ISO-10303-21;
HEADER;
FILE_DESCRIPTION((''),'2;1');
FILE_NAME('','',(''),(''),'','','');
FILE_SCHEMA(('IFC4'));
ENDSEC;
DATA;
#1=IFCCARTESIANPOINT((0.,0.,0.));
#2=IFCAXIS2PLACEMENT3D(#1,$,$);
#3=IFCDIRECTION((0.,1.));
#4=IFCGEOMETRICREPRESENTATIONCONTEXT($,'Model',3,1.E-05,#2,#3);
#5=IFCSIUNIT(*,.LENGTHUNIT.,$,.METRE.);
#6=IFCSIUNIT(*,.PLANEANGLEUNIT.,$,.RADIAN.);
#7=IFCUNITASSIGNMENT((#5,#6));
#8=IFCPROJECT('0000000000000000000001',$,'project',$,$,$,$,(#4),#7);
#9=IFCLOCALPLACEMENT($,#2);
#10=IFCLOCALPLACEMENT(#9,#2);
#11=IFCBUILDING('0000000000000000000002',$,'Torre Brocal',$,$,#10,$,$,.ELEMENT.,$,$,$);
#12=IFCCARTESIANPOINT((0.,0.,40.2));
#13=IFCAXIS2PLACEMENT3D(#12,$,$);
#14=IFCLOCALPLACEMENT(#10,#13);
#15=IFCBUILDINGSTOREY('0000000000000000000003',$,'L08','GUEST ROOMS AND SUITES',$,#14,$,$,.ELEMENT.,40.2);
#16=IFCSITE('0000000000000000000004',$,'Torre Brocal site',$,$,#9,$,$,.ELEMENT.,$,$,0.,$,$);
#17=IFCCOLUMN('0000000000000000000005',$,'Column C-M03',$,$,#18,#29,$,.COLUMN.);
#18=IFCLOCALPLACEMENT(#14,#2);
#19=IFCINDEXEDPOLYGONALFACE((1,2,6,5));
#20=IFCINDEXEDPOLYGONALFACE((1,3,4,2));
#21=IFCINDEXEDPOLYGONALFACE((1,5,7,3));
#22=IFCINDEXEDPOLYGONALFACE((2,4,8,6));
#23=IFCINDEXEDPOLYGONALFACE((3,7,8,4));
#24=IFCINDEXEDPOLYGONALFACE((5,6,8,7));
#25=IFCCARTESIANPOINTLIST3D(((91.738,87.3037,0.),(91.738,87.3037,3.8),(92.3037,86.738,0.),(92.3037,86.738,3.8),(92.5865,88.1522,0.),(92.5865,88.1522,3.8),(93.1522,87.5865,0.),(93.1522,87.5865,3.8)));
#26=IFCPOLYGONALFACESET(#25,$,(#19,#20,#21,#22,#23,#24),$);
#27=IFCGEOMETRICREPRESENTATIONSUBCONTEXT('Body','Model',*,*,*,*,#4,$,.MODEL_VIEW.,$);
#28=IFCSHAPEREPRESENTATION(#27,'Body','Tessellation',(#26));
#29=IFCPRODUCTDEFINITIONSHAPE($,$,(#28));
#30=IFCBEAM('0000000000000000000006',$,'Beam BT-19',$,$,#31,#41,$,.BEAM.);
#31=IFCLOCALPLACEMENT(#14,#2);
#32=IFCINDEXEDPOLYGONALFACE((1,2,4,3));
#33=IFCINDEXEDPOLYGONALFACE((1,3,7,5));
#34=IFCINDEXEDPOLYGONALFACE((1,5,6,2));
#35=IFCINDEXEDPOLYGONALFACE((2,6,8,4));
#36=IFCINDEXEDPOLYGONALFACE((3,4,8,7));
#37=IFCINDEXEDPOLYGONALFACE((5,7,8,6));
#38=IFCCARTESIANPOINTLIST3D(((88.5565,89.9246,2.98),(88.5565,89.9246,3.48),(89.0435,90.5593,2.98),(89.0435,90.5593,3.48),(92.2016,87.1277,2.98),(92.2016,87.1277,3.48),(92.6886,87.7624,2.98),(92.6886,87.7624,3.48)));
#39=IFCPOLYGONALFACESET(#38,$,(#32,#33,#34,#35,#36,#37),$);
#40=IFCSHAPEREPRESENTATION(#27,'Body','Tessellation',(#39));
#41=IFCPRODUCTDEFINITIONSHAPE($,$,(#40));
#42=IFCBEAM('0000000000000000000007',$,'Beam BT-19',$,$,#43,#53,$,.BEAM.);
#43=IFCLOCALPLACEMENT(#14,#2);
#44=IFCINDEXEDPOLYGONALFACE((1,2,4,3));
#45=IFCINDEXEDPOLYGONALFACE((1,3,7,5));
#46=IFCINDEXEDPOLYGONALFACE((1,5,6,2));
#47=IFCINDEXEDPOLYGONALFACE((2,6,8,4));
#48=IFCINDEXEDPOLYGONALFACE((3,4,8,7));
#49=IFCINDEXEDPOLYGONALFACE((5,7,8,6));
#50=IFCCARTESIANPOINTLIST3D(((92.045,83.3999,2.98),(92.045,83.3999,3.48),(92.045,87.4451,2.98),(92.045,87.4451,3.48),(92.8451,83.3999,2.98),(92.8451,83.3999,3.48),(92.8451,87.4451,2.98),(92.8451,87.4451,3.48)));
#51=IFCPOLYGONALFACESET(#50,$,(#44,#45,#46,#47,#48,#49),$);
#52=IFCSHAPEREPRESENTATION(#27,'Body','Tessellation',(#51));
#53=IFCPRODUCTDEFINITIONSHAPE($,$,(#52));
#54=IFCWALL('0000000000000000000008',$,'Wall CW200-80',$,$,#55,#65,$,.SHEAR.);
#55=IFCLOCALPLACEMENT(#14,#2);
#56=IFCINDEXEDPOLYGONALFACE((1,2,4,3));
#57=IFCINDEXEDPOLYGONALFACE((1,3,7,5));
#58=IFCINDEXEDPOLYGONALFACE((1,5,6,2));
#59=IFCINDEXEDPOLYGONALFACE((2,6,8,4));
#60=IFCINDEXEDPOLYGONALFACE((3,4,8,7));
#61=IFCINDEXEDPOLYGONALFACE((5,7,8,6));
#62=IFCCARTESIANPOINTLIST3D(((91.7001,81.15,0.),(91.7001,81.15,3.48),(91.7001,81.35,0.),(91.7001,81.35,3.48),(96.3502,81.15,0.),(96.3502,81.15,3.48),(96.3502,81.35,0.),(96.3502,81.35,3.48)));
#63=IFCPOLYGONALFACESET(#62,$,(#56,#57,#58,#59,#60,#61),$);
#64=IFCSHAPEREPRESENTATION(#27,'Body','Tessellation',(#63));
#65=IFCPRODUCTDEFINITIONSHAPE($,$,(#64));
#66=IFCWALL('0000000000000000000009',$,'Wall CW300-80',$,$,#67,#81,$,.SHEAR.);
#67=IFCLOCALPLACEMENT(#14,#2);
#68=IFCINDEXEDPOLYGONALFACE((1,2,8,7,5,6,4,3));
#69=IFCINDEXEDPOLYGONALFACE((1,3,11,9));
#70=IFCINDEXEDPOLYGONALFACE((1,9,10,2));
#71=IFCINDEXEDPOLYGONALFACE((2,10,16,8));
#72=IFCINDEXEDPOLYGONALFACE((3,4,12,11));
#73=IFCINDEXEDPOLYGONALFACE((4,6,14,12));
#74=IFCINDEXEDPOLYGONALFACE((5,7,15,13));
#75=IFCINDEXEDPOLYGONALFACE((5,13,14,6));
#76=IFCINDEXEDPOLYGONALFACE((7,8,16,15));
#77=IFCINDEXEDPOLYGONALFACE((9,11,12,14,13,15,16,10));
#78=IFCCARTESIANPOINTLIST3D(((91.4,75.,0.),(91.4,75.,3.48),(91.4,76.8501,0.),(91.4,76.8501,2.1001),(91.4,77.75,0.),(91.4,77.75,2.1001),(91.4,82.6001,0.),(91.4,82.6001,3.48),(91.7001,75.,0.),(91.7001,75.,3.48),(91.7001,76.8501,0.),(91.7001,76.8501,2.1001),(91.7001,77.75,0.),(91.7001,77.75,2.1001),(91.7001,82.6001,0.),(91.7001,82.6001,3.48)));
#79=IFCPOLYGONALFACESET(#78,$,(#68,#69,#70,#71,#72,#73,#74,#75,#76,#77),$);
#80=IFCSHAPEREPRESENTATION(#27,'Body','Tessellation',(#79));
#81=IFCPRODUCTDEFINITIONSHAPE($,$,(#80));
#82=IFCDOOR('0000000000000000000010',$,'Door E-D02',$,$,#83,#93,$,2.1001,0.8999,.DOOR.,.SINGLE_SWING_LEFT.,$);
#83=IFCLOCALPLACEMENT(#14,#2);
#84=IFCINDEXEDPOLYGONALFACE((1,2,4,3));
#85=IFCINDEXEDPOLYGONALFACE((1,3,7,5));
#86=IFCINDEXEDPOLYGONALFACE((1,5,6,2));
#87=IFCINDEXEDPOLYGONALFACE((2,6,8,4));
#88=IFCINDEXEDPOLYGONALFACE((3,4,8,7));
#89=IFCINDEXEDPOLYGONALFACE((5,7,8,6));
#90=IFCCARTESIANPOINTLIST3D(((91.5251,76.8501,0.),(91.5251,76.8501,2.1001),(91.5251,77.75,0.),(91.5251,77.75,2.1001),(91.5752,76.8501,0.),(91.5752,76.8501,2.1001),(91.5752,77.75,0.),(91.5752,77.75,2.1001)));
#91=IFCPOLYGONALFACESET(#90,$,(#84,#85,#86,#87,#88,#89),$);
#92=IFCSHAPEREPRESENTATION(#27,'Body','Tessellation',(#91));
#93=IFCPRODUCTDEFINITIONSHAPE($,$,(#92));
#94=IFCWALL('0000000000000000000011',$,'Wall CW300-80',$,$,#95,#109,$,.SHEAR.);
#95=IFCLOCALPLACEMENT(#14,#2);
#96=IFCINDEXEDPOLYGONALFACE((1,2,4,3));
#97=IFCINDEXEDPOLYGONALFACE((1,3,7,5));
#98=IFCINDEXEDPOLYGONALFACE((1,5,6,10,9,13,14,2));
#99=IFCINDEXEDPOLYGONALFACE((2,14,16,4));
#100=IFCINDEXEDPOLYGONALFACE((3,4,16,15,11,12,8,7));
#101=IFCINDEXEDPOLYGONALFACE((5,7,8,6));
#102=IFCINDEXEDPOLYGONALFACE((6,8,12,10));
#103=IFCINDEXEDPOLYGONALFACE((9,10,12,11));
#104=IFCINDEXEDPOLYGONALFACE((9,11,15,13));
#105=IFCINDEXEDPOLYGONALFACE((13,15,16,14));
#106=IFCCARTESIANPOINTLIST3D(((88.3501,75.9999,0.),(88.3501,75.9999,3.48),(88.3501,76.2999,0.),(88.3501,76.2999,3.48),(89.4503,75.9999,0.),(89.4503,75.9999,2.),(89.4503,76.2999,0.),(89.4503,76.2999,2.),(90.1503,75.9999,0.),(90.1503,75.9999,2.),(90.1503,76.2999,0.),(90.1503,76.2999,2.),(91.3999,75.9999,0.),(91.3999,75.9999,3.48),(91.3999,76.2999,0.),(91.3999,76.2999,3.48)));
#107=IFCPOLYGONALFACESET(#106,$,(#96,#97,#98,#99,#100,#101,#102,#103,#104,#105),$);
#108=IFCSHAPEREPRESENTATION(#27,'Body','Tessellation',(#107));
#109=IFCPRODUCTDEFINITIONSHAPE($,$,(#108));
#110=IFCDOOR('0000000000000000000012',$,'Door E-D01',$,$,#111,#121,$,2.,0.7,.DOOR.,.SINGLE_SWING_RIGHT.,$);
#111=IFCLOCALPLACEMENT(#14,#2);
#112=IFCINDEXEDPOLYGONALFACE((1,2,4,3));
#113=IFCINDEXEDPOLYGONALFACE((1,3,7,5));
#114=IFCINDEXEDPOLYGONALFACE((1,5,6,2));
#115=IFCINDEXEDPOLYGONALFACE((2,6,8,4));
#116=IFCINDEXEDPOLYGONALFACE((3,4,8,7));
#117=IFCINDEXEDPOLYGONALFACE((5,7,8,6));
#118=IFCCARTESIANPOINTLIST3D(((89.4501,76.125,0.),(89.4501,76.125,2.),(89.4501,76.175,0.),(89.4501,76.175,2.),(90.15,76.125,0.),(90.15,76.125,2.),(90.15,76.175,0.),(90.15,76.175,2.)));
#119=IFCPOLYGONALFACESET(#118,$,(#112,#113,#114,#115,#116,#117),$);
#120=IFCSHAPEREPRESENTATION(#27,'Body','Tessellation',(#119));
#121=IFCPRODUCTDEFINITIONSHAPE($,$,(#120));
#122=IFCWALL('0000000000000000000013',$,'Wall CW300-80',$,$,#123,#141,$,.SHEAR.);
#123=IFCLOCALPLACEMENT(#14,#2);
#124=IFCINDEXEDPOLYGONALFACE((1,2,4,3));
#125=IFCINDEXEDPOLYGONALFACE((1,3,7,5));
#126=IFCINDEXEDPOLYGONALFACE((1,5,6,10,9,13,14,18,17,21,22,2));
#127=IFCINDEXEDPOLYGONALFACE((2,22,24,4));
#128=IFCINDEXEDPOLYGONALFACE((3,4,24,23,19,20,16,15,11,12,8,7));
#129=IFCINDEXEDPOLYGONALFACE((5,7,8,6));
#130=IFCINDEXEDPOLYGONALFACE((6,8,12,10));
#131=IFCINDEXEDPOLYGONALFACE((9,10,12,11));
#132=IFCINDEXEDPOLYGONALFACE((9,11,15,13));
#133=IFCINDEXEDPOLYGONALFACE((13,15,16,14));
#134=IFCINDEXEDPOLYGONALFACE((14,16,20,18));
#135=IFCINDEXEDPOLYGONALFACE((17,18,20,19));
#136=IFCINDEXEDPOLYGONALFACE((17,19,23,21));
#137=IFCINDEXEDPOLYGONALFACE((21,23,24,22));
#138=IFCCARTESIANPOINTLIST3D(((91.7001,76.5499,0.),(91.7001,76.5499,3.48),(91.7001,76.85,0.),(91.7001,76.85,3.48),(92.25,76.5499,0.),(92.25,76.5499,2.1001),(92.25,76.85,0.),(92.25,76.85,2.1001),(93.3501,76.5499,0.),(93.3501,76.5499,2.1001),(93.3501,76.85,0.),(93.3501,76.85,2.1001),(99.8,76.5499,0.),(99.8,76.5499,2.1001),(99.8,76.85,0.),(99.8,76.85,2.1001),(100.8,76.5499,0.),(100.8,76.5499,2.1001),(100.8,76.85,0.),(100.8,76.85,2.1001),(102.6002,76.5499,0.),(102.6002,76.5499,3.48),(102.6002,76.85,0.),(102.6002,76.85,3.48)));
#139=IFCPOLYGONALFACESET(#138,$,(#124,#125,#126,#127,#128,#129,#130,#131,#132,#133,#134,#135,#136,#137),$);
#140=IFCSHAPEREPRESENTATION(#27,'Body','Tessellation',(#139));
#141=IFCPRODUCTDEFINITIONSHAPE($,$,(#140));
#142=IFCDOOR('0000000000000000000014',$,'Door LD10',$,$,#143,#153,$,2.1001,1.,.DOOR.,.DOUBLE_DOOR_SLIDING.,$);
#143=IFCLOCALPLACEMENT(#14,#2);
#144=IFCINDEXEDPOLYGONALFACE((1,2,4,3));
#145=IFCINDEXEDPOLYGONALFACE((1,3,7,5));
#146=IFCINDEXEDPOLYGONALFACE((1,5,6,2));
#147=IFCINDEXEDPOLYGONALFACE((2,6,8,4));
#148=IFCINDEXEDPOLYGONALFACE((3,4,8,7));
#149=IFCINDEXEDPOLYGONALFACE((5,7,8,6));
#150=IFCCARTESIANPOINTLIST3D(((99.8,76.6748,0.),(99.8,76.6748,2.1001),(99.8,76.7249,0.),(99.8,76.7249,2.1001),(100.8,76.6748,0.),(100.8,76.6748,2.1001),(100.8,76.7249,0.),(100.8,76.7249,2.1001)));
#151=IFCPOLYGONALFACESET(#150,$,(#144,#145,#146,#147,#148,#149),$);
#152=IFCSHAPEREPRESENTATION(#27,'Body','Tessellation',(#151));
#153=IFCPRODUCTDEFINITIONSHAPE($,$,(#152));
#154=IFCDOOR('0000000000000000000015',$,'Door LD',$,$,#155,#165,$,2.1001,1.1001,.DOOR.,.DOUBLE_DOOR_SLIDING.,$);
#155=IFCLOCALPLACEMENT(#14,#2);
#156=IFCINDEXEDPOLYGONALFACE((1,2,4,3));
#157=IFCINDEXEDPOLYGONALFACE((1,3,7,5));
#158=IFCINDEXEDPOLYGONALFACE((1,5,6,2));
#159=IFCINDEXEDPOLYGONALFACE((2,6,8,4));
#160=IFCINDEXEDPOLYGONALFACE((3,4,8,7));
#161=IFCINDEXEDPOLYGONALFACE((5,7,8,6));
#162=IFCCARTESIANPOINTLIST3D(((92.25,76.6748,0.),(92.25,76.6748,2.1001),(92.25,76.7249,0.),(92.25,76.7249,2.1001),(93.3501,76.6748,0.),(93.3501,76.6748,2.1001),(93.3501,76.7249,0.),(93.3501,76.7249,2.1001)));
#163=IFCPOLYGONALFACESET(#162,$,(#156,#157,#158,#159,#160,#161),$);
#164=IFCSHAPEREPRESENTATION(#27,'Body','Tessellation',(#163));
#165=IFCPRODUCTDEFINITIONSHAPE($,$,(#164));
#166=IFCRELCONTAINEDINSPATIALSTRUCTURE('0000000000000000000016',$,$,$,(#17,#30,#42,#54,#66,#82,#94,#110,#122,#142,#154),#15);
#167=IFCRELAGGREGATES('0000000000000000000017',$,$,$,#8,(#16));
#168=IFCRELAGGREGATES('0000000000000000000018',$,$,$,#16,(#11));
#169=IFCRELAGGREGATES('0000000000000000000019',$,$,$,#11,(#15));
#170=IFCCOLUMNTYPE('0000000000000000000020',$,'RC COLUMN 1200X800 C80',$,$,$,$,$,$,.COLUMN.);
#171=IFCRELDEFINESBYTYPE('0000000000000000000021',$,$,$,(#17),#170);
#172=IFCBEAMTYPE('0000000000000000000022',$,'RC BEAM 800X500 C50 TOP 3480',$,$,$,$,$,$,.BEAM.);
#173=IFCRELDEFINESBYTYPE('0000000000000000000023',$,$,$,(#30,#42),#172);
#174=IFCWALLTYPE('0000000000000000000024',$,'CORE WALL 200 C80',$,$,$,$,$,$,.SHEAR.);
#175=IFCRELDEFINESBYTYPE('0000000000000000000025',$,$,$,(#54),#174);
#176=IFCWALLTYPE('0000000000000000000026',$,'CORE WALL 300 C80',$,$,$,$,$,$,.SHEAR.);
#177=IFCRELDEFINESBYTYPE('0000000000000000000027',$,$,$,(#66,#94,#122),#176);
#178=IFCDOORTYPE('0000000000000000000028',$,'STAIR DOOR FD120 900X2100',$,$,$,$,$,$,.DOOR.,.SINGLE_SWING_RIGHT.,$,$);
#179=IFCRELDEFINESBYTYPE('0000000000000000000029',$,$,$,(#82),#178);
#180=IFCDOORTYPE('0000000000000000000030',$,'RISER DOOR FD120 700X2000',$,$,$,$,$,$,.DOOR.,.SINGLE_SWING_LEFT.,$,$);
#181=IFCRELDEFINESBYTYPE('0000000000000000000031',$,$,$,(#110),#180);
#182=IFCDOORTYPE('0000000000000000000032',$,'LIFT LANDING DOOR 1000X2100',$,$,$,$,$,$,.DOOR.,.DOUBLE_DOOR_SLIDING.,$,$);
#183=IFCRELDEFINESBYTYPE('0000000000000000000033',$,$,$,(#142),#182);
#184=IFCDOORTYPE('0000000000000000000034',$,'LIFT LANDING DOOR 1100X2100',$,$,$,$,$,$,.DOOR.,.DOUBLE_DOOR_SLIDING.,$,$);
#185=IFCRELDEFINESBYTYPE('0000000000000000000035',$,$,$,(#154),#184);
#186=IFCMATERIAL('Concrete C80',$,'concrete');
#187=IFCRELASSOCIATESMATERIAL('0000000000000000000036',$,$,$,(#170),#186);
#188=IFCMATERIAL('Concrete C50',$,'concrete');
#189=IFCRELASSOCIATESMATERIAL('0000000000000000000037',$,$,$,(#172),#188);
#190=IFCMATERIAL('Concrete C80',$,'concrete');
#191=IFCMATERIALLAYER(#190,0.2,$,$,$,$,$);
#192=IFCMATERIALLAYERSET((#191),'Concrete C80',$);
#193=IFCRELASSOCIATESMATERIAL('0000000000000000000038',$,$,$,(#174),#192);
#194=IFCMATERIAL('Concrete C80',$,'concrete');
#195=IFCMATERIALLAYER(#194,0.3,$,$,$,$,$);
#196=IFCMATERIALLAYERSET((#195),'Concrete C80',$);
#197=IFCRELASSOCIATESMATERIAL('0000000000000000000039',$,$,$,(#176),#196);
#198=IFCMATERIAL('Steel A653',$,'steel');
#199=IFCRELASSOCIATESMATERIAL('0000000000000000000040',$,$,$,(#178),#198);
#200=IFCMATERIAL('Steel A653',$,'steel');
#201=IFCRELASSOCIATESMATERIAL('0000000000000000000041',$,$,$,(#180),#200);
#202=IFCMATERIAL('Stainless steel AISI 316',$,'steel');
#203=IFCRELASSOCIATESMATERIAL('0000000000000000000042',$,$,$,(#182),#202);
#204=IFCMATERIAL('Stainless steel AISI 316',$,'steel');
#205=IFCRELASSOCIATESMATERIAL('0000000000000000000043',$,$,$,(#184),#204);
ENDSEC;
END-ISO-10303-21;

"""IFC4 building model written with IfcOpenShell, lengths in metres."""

from ifc_helpers import new_model, si_unit, direction, frame, frame_2d, origin, origin_2d, place, context, subcontext, project, spatial, rectangle, extrude, material, layer, layer_set, material_profile, profile_set, type_object, element, fill, save


model = new_model("IFC4")

# Units and contexts
model_context = context("Model", 3, precision=1e-05, world=origin(), true_north=direction((0.0, 1.0)))
body_context = subcontext(model_context, "Body", "Model", "MODEL_VIEW")
ifc_project = project(units=[si_unit("LENGTHUNIT", "METRE"), si_unit("PLANEANGLEUNIT", "RADIAN")], contexts=[model_context])

# Site, building, storey
site_placement = place(None, origin())
site = spatial("IfcSite", under=ifc_project, at=site_placement, Name="Torre Brocal site", CompositionType="ELEMENT", RefElevation=0.0)
building_placement = place(site_placement, origin())
building = spatial("IfcBuilding", under=site, at=building_placement, Name="Torre Brocal", CompositionType="ELEMENT")
storey_placement = place(building_placement, frame((0.0, 0.0, 40.2)))
storey = spatial("IfcBuildingStorey", under=building, at=storey_placement, Name="L08", Description="GUEST ROOMS AND SUITES", CompositionType="ELEMENT", Elevation=40.2)

# Column
ifc_material_1 = material(Name="Concrete C80", Category="concrete")
ifc_material_profile_1 = material_profile(ifc_material_1, rectangle(XDim=1.2, YDim=0.8, at=origin_2d()), Name="RC 1200X800")
ifc_profile_set_1 = profile_set([ifc_material_profile_1], Name="Concrete C80")
column_type = type_object("IfcColumnType", Name="RC COLUMN 1200X800 C80", PredefinedType="COLUMN", material=ifc_profile_set_1)
column_placement = place(storey_placement, frame((92.4451, 87.4451, 0.0), z_axis=(0.0, 0.0, 1.0), x_axis=(0.707107, 0.707107, 0.0)))
element("IfcColumn", 1, at=column_placement, inside=storey, type_object=column_type, Name="Column C-M03", PredefinedType="COLUMN", context=body_context, shape_type="SweptSolid", body=[
    extrude(rectangle(XDim=1.2, YDim=0.8, at=origin_2d()), origin(), (0.0, 0.0, 1.0), 3.8),
])

# Beams
ifc_material_2 = material(Name="Concrete C50", Category="concrete")
ifc_material_profile_2 = material_profile(ifc_material_2, rectangle(XDim=0.8, YDim=0.5, at=origin_2d()), Name="RC 800X500")
ifc_profile_set_2 = profile_set([ifc_material_profile_2], Name="Concrete C50")
beam_type = type_object("IfcBeamType", Name="RC BEAM 800X500 C50 TOP 3480", PredefinedType="BEAM", material=ifc_profile_set_2)
beam_1_placement = place(storey_placement, frame((92.4451, 87.4451, 3.23), z_axis=(-0.793358, 0.608755, 0.0), x_axis=(-0.608755, -0.793358, 0.0)))
element("IfcBeam", 2, at=beam_1_placement, inside=storey, type_object=beam_type, Name="Beam BT-19", PredefinedType="BEAM", context=body_context, shape_type="SweptSolid", body=[
    extrude(rectangle(XDim=0.8, YDim=0.5, at=origin_2d()), origin(), (0.0, 0.0, 1.0), 4.5945),
])
beam_2_placement = place(storey_placement, frame((92.4451, 87.4451, 3.23), z_axis=(0.0, -1.0, 0.0), x_axis=(1.0, 0.0, 0.0)))
element("IfcBeam", 3, at=beam_2_placement, inside=storey, type_object=beam_type, Name="Beam BT-19", PredefinedType="BEAM", context=body_context, shape_type="SweptSolid", body=[
    extrude(rectangle(XDim=0.8, YDim=0.5, at=origin_2d()), origin(), (0.0, 0.0, 1.0), 4.0452),
])

# Wall
ifc_material_3 = material(Name="Concrete C80", Category="concrete")
ifc_layer_1 = layer(ifc_material_3, 0.2)
ifc_layer_set_1 = layer_set([ifc_layer_1], Name="Concrete C80")
wall_type_1 = type_object("IfcWallType", Name="CORE WALL 200 C80", PredefinedType="SHEAR", material=ifc_layer_set_1)
wall_1_placement = place(storey_placement, frame((91.7, 81.25, 0.0), z_axis=(0.0, 0.0, 1.0), x_axis=(1.0, 0.0, 0.0)))
element("IfcWall", 4, at=wall_1_placement, inside=storey, type_object=wall_type_1, Name="Wall CW200-80", PredefinedType="SHEAR", context=body_context, shape_type="SweptSolid", body=[
    extrude(rectangle(XDim=4.6501, YDim=0.2, at=frame_2d((2.3252, 0.0))), origin(), (0.0, 0.0, 1.0), 3.48),
])

# Walls, openings, doors
ifc_material_4 = material(Name="Concrete C80", Category="concrete")
ifc_layer_2 = layer(ifc_material_4, 0.3)
ifc_layer_set_2 = layer_set([ifc_layer_2], Name="Concrete C80")
wall_type_2 = type_object("IfcWallType", Name="CORE WALL 300 C80", PredefinedType="SHEAR", material=ifc_layer_set_2)
wall_2_placement = place(storey_placement, frame((91.55, 75.0, 0.0), z_axis=(0.0, 0.0, 1.0), x_axis=(0.0, 1.0, 0.0)))
wall_2 = element("IfcWall", 5, at=wall_2_placement, inside=storey, type_object=wall_type_2, Name="Wall CW300-80", PredefinedType="SHEAR", context=body_context, shape_type="SweptSolid", body=[
    extrude(rectangle(XDim=7.6001, YDim=0.3, at=frame_2d((3.8, 0.0))), origin(), (0.0, 0.0, 1.0), 3.48),
])
opening_1_placement = place(wall_2_placement, frame((1.8501, 0.0, 0.0)))
opening_1 = element("IfcOpeningElement", 6, at=opening_1_placement, cuts=wall_2, PredefinedType="OPENING", context=body_context, shape_type="SweptSolid", body=[
    extrude(rectangle(XDim=0.8999, YDim=2.1001, at=frame_2d((0.45, 1.05))), frame((0.0, 0.1599, 0.0), z_axis=(0.0, -1.0, 0.0), x_axis=(1.0, 0.0, 0.0)), (0.0, 0.0, 1.0), 0.3201),
])
ifc_material_5 = material(Name="Steel A653", Category="steel")
door_type_1 = type_object("IfcDoorType", Name="STAIR DOOR FD120 900X2100", OperationType="SINGLE_SWING_RIGHT", PredefinedType="DOOR", material=ifc_material_5)
door_1_placement = place(opening_1_placement, origin())
door_1 = element("IfcDoor", 7, at=door_1_placement, inside=storey, type_object=door_type_1, Name="Door E-D02", OperationType="SINGLE_SWING_LEFT", OverallHeight=2.1001, OverallWidth=0.8999, PredefinedType="DOOR", context=body_context, shape_type="SweptSolid", body=[
    extrude(rectangle(XDim=0.8999, YDim=2.1001, at=frame_2d((0.45, 1.05))), frame((0.0, 0.0249, 0.0), z_axis=(0.0, -1.0, 0.0), x_axis=(1.0, 0.0, 0.0)), (0.0, 0.0, 1.0), 0.05),
])
fill(opening_1, door_1)
wall_3_placement = place(storey_placement, frame((88.3501, 76.1499, 0.0), z_axis=(0.0, 0.0, 1.0), x_axis=(1.0, 0.0, 0.0)))
wall_3 = element("IfcWall", 8, at=wall_3_placement, inside=storey, type_object=wall_type_2, Name="Wall CW300-80", PredefinedType="SHEAR", context=body_context, shape_type="SweptSolid", body=[
    extrude(rectangle(XDim=3.0498, YDim=0.3, at=frame_2d((1.5249, 0.0))), origin(), (0.0, 0.0, 1.0), 3.48),
])
opening_2_placement = place(wall_3_placement, frame((1.1001, 0.0, 0.0)))
opening_2 = element("IfcOpeningElement", 9, at=opening_2_placement, cuts=wall_3, PredefinedType="OPENING", context=body_context, shape_type="SweptSolid", body=[
    extrude(rectangle(XDim=0.7, YDim=2.0, at=frame_2d((0.3501, 1.0))), frame((0.0, 0.1599, 0.0), z_axis=(0.0, -1.0, 0.0), x_axis=(1.0, 0.0, 0.0)), (0.0, 0.0, 1.0), 0.3201),
])
ifc_material_6 = material(Name="Steel A653", Category="steel")
door_type_2 = type_object("IfcDoorType", Name="RISER DOOR FD120 700X2000", OperationType="SINGLE_SWING_LEFT", PredefinedType="DOOR", material=ifc_material_6)
door_2_placement = place(opening_2_placement, frame((0.7, 0.0, 0.0), z_axis=(0.0, 0.0, 1.0), x_axis=(-1.0, 0.0, 0.0)))
door_2 = element("IfcDoor", 10, at=door_2_placement, inside=storey, type_object=door_type_2, Name="Door E-D01", OperationType="SINGLE_SWING_RIGHT", OverallHeight=2.0, OverallWidth=0.7, PredefinedType="DOOR", context=body_context, shape_type="SweptSolid", body=[
    extrude(rectangle(XDim=0.7, YDim=2.0, at=frame_2d((0.3501, 1.0))), frame((0.0, 0.0249, 0.0), z_axis=(0.0, -1.0, 0.0), x_axis=(1.0, 0.0, 0.0)), (0.0, 0.0, 1.0), 0.05),
])
fill(opening_2, door_2)

# Wall, openings, doors
wall_4_placement = place(storey_placement, frame((91.7, 76.7, 0.0), z_axis=(0.0, 0.0, 1.0), x_axis=(1.0, 0.0, 0.0)))
wall_4 = element("IfcWall", 11, at=wall_4_placement, inside=storey, type_object=wall_type_2, Name="Wall CW300-80", PredefinedType="SHEAR", context=body_context, shape_type="SweptSolid", body=[
    extrude(rectangle(XDim=10.9001, YDim=0.3, at=frame_2d((5.4502, 0.0))), origin(), (0.0, 0.0, 1.0), 3.48),
])
opening_3_placement = place(wall_4_placement, frame((0.55, 0.0, 0.0)))
opening_3 = element("IfcOpeningElement", 12, at=opening_3_placement, cuts=wall_4, PredefinedType="OPENING", context=body_context, shape_type="SweptSolid", body=[
    extrude(rectangle(XDim=1.1001, YDim=2.1001, at=frame_2d((0.55, 1.05))), frame((0.0, 0.1599, 0.0), z_axis=(0.0, -1.0, 0.0), x_axis=(1.0, 0.0, 0.0)), (0.0, 0.0, 1.0), 0.3201),
])
opening_4_placement = place(wall_4_placement, frame((8.1001, 0.0, 0.0)))
opening_4 = element("IfcOpeningElement", 13, at=opening_4_placement, cuts=wall_4, PredefinedType="OPENING", context=body_context, shape_type="SweptSolid", body=[
    extrude(rectangle(XDim=1.0, YDim=2.1001, at=frame_2d((0.5, 1.05))), frame((0.0, 0.1599, 0.0), z_axis=(0.0, -1.0, 0.0), x_axis=(1.0, 0.0, 0.0)), (0.0, 0.0, 1.0), 0.3201),
])
ifc_material_7 = material(Name="Stainless steel AISI 316", Category="steel")
door_type_3 = type_object("IfcDoorType", Name="LIFT LANDING DOOR 1000X2100", OperationType="DOUBLE_DOOR_SLIDING", PredefinedType="DOOR", material=ifc_material_7)
door_3_placement = place(opening_4_placement, origin())
door_3 = element("IfcDoor", 14, at=door_3_placement, inside=storey, type_object=door_type_3, Name="Door LD10", OperationType="DOUBLE_DOOR_SLIDING", OverallHeight=2.1001, OverallWidth=1.0, PredefinedType="DOOR", context=body_context, shape_type="SweptSolid", body=[
    extrude(rectangle(XDim=1.0, YDim=2.1001, at=frame_2d((0.5, 1.05))), frame((0.0, 0.0249, 0.0), z_axis=(0.0, -1.0, 0.0), x_axis=(1.0, 0.0, 0.0)), (0.0, 0.0, 1.0), 0.05),
])
fill(opening_4, door_3)
ifc_material_8 = material(Name="Stainless steel AISI 316", Category="steel")
door_type_4 = type_object("IfcDoorType", Name="LIFT LANDING DOOR 1100X2100", OperationType="DOUBLE_DOOR_SLIDING", PredefinedType="DOOR", material=ifc_material_8)
door_4_placement = place(opening_3_placement, origin())
door_4 = element("IfcDoor", 15, at=door_4_placement, inside=storey, type_object=door_type_4, Name="Door LD", OperationType="DOUBLE_DOOR_SLIDING", OverallHeight=2.1001, OverallWidth=1.1001, PredefinedType="DOOR", context=body_context, shape_type="SweptSolid", body=[
    extrude(rectangle(XDim=1.1001, YDim=2.1001, at=frame_2d((0.55, 1.05))), frame((0.0, 0.0249, 0.0), z_axis=(0.0, -1.0, 0.0), x_axis=(1.0, 0.0, 0.0)), (0.0, 0.0, 1.0), 0.05),
])
fill(opening_3, door_4)

save(model, "model.ifc")
